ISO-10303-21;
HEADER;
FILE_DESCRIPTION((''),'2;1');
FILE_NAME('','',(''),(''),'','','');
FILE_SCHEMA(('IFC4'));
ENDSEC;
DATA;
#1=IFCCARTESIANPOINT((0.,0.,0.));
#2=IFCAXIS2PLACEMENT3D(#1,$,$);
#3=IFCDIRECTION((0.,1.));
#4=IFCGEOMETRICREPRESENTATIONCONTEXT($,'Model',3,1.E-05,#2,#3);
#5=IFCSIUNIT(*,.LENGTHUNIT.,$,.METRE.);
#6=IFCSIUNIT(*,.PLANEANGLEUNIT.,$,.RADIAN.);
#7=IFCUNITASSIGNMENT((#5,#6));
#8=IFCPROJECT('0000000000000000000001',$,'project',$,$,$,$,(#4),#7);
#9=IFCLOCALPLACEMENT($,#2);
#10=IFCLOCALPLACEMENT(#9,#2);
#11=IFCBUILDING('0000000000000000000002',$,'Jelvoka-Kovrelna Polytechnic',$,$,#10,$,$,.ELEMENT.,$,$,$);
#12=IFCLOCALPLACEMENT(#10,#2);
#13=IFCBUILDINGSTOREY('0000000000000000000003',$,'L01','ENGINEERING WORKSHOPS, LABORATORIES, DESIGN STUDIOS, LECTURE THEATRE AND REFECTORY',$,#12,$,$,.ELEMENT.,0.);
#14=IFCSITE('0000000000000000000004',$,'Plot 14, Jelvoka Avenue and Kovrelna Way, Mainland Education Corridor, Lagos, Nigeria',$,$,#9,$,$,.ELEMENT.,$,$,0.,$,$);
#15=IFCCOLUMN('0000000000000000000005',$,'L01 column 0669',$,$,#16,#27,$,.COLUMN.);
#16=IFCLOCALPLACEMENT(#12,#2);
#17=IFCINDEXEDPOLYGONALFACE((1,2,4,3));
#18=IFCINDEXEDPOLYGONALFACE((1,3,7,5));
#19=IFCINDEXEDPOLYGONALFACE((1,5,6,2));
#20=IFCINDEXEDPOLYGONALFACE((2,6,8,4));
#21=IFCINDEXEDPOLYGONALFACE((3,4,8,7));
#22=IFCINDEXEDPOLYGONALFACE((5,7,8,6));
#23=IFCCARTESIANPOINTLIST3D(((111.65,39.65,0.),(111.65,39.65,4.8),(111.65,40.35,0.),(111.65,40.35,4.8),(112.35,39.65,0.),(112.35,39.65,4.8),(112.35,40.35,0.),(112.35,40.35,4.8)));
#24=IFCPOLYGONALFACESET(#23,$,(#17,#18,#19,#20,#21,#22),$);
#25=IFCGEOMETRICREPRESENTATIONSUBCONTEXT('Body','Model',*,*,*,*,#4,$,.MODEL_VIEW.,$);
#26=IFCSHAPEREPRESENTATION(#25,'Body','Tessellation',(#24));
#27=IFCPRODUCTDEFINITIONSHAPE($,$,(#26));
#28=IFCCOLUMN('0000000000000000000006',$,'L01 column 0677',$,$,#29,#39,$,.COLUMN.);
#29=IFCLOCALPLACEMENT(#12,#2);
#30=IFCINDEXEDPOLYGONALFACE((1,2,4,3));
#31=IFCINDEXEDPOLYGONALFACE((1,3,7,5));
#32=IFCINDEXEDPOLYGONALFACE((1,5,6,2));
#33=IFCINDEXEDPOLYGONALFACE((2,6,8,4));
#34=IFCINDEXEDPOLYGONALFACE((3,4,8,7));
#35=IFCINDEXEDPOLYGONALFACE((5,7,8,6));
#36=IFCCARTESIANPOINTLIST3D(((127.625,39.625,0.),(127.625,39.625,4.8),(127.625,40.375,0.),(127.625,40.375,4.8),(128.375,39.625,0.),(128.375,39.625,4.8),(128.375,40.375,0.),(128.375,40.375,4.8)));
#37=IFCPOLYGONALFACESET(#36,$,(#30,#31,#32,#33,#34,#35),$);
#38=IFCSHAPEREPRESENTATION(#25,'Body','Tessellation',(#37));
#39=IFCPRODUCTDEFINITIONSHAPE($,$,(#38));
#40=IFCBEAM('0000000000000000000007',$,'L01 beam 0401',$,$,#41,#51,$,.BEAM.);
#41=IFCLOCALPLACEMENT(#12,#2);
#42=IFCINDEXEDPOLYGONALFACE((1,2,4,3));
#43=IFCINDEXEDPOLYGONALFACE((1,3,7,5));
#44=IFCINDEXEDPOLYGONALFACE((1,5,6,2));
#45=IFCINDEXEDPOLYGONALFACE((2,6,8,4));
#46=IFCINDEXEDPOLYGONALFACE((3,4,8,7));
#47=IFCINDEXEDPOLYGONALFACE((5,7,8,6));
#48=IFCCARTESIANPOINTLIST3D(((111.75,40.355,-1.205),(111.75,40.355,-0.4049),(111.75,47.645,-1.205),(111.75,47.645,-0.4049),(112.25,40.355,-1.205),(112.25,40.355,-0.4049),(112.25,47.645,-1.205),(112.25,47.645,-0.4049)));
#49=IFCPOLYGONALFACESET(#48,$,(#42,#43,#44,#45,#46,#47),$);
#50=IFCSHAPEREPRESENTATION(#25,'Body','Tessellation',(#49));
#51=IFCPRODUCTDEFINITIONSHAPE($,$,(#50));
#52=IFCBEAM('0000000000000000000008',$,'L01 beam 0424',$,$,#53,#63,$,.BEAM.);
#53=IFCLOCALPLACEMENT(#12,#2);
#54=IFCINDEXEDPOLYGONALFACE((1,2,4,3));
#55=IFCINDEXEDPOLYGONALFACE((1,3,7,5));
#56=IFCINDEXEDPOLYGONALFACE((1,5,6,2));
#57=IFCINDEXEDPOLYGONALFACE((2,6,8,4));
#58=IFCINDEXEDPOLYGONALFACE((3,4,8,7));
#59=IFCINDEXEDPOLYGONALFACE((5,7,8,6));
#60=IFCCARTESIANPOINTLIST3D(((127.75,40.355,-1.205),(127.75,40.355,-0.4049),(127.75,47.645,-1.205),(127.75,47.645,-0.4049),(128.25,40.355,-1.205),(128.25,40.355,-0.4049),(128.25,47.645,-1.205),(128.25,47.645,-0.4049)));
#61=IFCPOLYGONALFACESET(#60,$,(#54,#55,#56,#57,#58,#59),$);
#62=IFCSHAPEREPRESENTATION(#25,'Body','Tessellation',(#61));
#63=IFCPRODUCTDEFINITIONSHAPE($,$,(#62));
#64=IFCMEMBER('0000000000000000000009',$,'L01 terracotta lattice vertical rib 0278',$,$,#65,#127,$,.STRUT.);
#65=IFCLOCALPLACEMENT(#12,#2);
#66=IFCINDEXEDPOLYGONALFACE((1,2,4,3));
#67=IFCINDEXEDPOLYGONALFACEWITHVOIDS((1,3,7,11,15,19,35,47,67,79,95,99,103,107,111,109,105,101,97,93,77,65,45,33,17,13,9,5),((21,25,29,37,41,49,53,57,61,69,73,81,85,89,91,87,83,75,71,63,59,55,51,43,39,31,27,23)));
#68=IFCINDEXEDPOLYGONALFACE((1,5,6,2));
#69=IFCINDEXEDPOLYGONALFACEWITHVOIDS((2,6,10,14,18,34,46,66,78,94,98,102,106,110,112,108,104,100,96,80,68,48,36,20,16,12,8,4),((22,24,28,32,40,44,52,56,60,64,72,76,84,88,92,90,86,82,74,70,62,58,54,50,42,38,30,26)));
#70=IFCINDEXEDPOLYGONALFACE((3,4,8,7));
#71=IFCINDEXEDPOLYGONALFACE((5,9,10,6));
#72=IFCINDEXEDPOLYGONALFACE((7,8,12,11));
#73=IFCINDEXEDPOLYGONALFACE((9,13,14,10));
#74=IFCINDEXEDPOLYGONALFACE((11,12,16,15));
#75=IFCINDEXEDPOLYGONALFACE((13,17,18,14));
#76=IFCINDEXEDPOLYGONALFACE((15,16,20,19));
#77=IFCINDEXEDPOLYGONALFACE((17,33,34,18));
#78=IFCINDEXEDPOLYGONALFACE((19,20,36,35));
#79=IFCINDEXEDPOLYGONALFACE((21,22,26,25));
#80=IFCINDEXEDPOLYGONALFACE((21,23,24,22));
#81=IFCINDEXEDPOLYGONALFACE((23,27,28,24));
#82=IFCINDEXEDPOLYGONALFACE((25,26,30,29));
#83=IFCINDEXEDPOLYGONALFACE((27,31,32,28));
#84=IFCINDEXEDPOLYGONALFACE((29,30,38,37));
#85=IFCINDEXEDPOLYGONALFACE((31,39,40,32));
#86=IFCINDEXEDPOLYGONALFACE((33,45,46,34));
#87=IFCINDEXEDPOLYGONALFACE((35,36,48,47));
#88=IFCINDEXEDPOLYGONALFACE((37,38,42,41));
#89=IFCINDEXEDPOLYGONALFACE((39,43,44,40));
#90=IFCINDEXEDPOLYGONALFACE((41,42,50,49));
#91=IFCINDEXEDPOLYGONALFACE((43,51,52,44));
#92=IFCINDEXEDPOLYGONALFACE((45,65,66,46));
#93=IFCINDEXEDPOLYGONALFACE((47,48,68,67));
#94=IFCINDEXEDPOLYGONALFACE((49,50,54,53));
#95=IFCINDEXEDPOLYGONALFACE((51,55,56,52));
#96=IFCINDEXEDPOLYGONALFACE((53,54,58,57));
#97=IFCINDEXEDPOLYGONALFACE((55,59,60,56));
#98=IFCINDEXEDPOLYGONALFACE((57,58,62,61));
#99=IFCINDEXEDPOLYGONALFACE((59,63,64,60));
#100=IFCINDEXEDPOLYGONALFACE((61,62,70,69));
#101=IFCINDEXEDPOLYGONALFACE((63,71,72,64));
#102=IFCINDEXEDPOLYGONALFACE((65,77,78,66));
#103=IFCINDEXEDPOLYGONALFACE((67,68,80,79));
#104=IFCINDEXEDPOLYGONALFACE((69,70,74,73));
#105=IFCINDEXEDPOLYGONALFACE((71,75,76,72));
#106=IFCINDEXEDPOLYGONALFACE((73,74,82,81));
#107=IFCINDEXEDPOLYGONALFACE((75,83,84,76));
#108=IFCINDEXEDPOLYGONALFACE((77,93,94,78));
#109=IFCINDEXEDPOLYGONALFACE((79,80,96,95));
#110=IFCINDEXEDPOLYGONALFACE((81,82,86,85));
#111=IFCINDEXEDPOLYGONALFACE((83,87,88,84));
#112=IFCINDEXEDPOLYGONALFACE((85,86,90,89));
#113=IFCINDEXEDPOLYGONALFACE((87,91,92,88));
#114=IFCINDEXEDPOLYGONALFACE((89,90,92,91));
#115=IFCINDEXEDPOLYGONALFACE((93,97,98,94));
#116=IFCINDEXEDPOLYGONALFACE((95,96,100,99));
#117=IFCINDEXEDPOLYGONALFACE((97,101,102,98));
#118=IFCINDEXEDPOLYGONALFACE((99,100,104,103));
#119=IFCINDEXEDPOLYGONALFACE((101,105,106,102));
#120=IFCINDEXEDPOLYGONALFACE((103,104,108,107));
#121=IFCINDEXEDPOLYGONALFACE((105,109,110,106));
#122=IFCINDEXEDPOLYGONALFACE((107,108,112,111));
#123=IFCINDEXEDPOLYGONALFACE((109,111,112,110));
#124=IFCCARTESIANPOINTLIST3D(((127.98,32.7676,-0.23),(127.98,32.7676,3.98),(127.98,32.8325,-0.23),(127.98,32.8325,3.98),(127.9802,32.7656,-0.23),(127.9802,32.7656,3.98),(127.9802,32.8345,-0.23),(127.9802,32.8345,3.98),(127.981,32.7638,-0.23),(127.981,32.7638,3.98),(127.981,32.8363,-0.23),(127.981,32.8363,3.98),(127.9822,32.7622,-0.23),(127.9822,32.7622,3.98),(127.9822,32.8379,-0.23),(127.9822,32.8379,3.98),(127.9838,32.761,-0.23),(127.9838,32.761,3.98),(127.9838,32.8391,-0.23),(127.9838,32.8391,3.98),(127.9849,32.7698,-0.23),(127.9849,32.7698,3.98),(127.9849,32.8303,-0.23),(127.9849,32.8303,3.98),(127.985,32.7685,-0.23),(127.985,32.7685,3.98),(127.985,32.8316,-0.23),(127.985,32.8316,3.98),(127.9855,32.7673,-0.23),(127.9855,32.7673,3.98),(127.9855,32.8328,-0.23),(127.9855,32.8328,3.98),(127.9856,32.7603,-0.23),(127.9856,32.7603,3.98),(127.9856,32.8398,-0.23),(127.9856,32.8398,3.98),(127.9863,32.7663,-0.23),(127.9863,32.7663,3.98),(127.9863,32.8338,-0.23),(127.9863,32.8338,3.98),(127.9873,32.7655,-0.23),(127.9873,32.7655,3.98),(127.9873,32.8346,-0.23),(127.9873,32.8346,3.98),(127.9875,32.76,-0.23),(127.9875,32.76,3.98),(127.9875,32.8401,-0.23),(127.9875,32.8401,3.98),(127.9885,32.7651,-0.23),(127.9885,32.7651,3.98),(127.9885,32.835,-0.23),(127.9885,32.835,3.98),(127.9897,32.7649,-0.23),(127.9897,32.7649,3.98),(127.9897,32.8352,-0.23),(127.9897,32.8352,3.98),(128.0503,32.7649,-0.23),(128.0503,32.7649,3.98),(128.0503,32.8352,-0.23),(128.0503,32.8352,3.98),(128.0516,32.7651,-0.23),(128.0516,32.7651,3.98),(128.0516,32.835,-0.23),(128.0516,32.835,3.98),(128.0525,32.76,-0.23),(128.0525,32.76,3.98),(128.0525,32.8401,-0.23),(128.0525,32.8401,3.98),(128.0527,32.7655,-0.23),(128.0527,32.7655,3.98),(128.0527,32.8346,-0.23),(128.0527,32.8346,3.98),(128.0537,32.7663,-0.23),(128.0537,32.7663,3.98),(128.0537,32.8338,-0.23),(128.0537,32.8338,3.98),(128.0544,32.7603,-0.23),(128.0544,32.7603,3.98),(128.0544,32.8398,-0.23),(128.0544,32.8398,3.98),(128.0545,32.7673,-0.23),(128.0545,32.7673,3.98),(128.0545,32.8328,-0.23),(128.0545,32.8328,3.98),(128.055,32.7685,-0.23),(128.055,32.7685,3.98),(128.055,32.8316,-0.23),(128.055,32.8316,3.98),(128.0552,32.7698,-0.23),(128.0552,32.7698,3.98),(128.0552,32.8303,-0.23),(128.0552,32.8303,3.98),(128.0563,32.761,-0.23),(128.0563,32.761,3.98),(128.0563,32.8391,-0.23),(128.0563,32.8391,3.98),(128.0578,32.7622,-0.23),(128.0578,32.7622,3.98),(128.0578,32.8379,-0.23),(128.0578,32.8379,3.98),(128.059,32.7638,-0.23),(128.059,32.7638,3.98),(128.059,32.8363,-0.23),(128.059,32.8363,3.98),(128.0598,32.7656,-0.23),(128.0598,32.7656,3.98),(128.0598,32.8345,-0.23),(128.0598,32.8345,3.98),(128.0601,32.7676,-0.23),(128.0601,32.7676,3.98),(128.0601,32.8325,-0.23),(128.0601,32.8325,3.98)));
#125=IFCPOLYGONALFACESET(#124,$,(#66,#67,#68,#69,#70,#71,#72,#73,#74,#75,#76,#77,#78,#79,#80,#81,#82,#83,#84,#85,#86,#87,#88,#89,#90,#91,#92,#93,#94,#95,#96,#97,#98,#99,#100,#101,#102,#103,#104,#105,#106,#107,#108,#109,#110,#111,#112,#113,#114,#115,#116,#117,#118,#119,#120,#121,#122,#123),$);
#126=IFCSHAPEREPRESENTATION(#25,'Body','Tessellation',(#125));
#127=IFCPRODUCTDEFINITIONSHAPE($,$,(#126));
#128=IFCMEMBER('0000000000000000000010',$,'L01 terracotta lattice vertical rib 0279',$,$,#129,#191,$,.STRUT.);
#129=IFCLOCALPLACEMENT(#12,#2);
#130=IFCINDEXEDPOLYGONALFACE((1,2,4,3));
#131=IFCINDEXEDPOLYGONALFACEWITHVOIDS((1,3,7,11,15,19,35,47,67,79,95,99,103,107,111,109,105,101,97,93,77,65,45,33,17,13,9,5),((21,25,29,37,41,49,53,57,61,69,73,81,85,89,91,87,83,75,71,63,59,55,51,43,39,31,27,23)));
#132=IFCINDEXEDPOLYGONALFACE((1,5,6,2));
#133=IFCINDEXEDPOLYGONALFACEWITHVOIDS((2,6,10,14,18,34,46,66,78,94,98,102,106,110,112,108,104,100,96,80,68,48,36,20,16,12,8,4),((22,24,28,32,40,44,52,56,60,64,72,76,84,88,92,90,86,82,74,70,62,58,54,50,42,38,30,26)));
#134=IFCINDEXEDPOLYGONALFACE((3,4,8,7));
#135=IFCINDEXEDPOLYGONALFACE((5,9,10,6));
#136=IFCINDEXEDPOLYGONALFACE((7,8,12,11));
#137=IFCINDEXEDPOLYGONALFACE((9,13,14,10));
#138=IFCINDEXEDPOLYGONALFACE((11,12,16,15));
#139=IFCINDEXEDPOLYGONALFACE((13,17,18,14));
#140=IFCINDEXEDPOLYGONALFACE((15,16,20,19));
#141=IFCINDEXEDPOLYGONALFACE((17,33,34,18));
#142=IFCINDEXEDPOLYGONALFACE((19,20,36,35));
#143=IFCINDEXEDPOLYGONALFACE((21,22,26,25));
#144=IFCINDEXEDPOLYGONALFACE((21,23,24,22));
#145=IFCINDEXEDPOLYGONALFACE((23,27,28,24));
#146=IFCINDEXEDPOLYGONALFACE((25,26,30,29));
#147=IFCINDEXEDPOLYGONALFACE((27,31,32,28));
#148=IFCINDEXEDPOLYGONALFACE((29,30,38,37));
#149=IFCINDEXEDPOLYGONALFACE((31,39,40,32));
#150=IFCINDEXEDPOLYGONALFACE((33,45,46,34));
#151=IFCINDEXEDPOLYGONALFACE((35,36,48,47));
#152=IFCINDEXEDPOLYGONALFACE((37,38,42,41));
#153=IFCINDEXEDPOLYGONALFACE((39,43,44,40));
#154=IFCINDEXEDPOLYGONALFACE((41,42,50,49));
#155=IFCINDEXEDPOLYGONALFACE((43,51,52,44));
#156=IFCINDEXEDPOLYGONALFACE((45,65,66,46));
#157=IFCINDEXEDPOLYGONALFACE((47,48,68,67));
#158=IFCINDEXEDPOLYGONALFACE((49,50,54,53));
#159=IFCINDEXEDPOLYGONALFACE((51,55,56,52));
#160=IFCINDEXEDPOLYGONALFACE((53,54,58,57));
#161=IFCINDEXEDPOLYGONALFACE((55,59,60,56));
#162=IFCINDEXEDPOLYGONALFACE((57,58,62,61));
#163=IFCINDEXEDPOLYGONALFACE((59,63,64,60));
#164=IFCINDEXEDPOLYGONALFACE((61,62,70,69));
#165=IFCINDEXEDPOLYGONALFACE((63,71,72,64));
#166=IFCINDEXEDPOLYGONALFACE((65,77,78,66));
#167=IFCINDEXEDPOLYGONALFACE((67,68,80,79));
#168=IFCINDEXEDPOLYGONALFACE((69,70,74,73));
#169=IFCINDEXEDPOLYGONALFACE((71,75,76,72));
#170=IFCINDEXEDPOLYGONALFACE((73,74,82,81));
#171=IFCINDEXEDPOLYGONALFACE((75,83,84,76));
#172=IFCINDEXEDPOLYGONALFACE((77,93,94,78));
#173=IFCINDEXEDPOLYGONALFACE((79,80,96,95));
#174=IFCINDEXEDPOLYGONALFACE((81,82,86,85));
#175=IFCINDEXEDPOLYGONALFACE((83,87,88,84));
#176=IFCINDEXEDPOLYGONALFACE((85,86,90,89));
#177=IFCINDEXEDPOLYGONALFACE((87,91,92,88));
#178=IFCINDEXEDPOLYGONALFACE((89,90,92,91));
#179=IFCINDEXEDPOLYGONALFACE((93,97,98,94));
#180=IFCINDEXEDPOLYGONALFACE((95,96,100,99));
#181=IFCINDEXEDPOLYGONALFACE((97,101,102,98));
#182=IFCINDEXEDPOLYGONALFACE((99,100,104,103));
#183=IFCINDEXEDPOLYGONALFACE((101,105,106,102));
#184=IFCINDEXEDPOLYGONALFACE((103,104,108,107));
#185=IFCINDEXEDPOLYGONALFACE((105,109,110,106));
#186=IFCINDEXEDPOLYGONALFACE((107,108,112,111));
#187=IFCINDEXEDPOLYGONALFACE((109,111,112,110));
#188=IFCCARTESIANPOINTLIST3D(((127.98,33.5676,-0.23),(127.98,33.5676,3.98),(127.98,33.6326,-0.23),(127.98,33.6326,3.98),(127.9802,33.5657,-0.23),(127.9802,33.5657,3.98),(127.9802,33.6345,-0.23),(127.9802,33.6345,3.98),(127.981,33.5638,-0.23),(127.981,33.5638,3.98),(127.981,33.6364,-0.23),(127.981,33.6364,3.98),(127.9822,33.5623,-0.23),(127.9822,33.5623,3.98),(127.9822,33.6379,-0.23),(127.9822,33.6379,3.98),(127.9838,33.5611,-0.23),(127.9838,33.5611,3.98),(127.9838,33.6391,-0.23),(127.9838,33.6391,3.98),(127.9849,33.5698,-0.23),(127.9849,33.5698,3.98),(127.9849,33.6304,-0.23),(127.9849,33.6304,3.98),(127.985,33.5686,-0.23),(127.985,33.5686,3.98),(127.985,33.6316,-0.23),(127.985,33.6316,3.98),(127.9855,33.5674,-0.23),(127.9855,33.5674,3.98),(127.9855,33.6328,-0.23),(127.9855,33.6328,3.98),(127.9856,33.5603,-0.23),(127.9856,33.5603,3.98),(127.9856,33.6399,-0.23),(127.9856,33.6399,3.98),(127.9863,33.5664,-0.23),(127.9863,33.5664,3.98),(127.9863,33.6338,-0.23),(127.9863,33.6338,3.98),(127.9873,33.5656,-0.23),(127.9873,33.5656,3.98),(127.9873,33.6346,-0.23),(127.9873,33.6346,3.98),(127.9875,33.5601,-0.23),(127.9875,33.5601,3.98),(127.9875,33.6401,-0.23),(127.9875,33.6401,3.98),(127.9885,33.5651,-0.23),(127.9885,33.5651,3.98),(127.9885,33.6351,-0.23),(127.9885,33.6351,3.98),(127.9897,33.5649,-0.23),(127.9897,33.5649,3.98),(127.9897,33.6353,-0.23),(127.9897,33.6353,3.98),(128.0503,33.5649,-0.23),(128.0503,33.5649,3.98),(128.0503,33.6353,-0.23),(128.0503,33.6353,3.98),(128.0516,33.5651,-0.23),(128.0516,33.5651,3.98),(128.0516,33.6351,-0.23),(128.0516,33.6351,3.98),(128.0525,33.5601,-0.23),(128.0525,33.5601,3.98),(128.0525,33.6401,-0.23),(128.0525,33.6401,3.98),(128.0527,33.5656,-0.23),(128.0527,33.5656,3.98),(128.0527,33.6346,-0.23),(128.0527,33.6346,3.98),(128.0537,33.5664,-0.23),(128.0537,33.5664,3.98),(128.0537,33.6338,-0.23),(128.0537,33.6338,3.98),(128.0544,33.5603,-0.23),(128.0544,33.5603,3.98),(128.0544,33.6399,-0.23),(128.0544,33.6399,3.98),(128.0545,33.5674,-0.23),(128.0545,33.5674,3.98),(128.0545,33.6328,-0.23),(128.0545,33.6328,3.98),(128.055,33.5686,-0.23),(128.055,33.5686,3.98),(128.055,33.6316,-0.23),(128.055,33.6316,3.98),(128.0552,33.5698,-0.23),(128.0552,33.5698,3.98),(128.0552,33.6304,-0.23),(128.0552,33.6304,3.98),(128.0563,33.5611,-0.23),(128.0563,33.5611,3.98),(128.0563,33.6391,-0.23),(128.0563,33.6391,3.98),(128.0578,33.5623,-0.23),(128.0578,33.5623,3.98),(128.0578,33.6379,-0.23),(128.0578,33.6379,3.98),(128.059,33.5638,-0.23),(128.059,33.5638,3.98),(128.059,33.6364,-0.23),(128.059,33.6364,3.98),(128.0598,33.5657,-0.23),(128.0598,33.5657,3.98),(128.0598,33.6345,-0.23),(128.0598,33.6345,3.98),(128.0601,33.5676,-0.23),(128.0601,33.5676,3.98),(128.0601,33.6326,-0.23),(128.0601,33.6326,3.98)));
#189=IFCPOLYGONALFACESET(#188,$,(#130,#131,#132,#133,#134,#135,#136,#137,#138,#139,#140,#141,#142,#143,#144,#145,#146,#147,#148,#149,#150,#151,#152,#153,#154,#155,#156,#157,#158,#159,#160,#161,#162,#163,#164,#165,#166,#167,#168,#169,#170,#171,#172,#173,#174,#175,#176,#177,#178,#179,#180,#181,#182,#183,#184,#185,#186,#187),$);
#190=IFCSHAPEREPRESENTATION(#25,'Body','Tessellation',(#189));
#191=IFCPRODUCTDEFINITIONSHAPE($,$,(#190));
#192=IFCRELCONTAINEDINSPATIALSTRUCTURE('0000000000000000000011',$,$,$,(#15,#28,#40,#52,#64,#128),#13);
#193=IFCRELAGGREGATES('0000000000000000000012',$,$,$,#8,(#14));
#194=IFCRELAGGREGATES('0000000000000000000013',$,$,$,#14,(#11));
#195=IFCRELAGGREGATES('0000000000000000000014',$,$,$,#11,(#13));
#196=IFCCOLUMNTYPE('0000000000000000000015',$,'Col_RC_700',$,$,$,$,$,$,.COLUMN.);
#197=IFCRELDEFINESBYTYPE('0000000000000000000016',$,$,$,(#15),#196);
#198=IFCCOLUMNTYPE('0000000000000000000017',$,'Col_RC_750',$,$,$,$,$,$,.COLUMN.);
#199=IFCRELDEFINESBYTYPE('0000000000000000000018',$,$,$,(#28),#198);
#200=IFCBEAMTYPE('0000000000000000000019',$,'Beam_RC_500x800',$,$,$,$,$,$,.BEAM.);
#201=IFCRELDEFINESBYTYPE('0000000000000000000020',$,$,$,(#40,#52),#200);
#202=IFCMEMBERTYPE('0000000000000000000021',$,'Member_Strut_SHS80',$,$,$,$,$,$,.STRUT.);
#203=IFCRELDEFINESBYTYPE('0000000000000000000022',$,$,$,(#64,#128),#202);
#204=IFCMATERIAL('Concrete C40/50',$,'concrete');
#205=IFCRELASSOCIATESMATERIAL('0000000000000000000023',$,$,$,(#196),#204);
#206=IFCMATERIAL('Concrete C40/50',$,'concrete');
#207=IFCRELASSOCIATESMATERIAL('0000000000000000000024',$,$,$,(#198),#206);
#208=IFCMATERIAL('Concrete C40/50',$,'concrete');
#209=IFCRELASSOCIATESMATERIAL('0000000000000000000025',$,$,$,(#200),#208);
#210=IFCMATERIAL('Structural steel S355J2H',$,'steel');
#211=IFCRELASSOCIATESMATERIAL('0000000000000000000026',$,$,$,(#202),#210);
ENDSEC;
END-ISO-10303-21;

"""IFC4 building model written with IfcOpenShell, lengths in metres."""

from ifc_helpers import new_model, si_unit, direction, frame, origin, origin_2d, place, context, subcontext, project, spatial, rectangle, hollow_rectangle, extrude, material, material_profile, profile_set, type_object, element, save


model = new_model("IFC4")

# Units and contexts
model_context = context("Model", 3, precision=1e-05, world=origin(), true_north=direction((0.0, 1.0)))
body_context = subcontext(model_context, "Body", "Model", "MODEL_VIEW")
ifc_project = project(units=[si_unit("LENGTHUNIT", "METRE"), si_unit("PLANEANGLEUNIT", "RADIAN")], contexts=[model_context])

# Site, building, storey
site_placement = place(None, origin())
site = spatial("IfcSite", under=ifc_project, at=site_placement, Name="Plot 14, Jelvoka Avenue and Kovrelna Way, Mainland Education Corridor, Lagos, Nigeria", CompositionType="ELEMENT", RefElevation=0.0)
building_placement = place(site_placement, origin())
building = spatial("IfcBuilding", under=site, at=building_placement, Name="Jelvoka-Kovrelna Polytechnic", CompositionType="ELEMENT")
storey_placement = place(building_placement, origin())
storey = spatial("IfcBuildingStorey", under=building, at=storey_placement, Name="L01", Description="ENGINEERING WORKSHOPS, LABORATORIES, DESIGN STUDIOS, LECTURE THEATRE AND REFECTORY", CompositionType="ELEMENT", Elevation=0.0)

# Columns
ifc_material_1 = material(Name="Concrete C40/50", Category="concrete")
ifc_material_profile_1 = material_profile(ifc_material_1, rectangle(XDim=0.7, YDim=0.7, at=origin_2d()), Name="RC 700x700")
ifc_profile_set_1 = profile_set([ifc_material_profile_1], Name="Concrete C40/50")
column_type_1 = type_object("IfcColumnType", Name="Col_RC_700", PredefinedType="COLUMN", material=ifc_profile_set_1)
column_1_placement = place(storey_placement, frame((112.0, 40.0, 0.0), z_axis=(0.0, 0.0, 1.0), x_axis=(1.0, 0.0, 0.0)))
element("IfcColumn", 1, at=column_1_placement, inside=storey, type_object=column_type_1, Name="L01 column 0669", PredefinedType="COLUMN", context=body_context, shape_type="SweptSolid", body=[
    extrude(rectangle(XDim=0.7, YDim=0.7, at=origin_2d()), origin(), (0.0, 0.0, 1.0), 4.8),
])
ifc_material_2 = material(Name="Concrete C40/50", Category="concrete")
ifc_material_profile_2 = material_profile(ifc_material_2, rectangle(XDim=0.75, YDim=0.75, at=origin_2d()), Name="RC 750x750")
ifc_profile_set_2 = profile_set([ifc_material_profile_2], Name="Concrete C40/50")
column_type_2 = type_object("IfcColumnType", Name="Col_RC_750", PredefinedType="COLUMN", material=ifc_profile_set_2)
column_2_placement = place(storey_placement, frame((128.0, 40.0, 0.0), z_axis=(0.0, 0.0, 1.0), x_axis=(1.0, 0.0, 0.0)))
element("IfcColumn", 2, at=column_2_placement, inside=storey, type_object=column_type_2, Name="L01 column 0677", PredefinedType="COLUMN", context=body_context, shape_type="SweptSolid", body=[
    extrude(rectangle(XDim=0.75, YDim=0.75, at=origin_2d()), origin(), (0.0, 0.0, 1.0), 4.8),
])

# Beams
ifc_material_3 = material(Name="Concrete C40/50", Category="concrete")
ifc_material_profile_3 = material_profile(ifc_material_3, rectangle(XDim=0.5, YDim=0.8, at=origin_2d()), Name="RC 500x800")
ifc_profile_set_3 = profile_set([ifc_material_profile_3], Name="Concrete C40/50")
beam_type = type_object("IfcBeamType", Name="Beam_RC_500x800", PredefinedType="BEAM", material=ifc_profile_set_3)
for number, where, z_axis, x_axis, name in (
    (3, (112.0, 40.355, -0.8049), (0.0, 1.0, 0.0), (-1.0, 0.0, 0.0), "L01 beam 0401"),
    (4, (128.0, 40.355, -0.8049), (0.0, 1.0, 0.0), (-1.0, 0.0, 0.0), "L01 beam 0424"),
):
    element("IfcBeam", number, at=place(storey_placement, frame(where, z_axis=z_axis, x_axis=x_axis)), inside=storey, type_object=beam_type, Name=name, PredefinedType="BEAM", context=body_context, shape_type="SweptSolid", body=[
        extrude(rectangle(XDim=0.5, YDim=0.8, at=origin_2d()), origin(), (0.0, 0.0, 1.0), 7.29),
    ])

# Members
ifc_material_4 = material(Name="Structural steel S355J2H", Category="steel")
ifc_material_profile_4 = material_profile(ifc_material_4, hollow_rectangle(XDim=0.0801, YDim=0.0801, WallThickness=0.0049, InnerFilletRadius=0.0049, OuterFilletRadius=0.0076, at=origin_2d()), Name="80x80x5.0 SHS")
ifc_profile_set_4 = profile_set([ifc_material_profile_4], Name="Structural steel S355J2H")
member_type = type_object("IfcMemberType", Name="Member_Strut_SHS80", PredefinedType="STRUT", material=ifc_profile_set_4)
for number, where, z_axis, x_axis, name in (
    (5, (128.02, 32.8, -0.23), (0.0, 0.0, 1.0), (1.0, 0.0, 0.0), "L01 terracotta lattice vertical rib 0278"),
    (6, (128.02, 33.6001, -0.23), (0.0, 0.0, 1.0), (1.0, 0.0, 0.0), "L01 terracotta lattice vertical rib 0279"),
):
    element("IfcMember", number, at=place(storey_placement, frame(where, z_axis=z_axis, x_axis=x_axis)), inside=storey, type_object=member_type, Name=name, PredefinedType="STRUT", context=body_context, shape_type="SweptSolid", body=[
        extrude(hollow_rectangle(XDim=0.0801, YDim=0.0801, WallThickness=0.0049, InnerFilletRadius=0.0049, OuterFilletRadius=0.0076, at=origin_2d()), origin(), (0.0, 0.0, 1.0), 4.21),
    ])

save(model, "model.ifc")
